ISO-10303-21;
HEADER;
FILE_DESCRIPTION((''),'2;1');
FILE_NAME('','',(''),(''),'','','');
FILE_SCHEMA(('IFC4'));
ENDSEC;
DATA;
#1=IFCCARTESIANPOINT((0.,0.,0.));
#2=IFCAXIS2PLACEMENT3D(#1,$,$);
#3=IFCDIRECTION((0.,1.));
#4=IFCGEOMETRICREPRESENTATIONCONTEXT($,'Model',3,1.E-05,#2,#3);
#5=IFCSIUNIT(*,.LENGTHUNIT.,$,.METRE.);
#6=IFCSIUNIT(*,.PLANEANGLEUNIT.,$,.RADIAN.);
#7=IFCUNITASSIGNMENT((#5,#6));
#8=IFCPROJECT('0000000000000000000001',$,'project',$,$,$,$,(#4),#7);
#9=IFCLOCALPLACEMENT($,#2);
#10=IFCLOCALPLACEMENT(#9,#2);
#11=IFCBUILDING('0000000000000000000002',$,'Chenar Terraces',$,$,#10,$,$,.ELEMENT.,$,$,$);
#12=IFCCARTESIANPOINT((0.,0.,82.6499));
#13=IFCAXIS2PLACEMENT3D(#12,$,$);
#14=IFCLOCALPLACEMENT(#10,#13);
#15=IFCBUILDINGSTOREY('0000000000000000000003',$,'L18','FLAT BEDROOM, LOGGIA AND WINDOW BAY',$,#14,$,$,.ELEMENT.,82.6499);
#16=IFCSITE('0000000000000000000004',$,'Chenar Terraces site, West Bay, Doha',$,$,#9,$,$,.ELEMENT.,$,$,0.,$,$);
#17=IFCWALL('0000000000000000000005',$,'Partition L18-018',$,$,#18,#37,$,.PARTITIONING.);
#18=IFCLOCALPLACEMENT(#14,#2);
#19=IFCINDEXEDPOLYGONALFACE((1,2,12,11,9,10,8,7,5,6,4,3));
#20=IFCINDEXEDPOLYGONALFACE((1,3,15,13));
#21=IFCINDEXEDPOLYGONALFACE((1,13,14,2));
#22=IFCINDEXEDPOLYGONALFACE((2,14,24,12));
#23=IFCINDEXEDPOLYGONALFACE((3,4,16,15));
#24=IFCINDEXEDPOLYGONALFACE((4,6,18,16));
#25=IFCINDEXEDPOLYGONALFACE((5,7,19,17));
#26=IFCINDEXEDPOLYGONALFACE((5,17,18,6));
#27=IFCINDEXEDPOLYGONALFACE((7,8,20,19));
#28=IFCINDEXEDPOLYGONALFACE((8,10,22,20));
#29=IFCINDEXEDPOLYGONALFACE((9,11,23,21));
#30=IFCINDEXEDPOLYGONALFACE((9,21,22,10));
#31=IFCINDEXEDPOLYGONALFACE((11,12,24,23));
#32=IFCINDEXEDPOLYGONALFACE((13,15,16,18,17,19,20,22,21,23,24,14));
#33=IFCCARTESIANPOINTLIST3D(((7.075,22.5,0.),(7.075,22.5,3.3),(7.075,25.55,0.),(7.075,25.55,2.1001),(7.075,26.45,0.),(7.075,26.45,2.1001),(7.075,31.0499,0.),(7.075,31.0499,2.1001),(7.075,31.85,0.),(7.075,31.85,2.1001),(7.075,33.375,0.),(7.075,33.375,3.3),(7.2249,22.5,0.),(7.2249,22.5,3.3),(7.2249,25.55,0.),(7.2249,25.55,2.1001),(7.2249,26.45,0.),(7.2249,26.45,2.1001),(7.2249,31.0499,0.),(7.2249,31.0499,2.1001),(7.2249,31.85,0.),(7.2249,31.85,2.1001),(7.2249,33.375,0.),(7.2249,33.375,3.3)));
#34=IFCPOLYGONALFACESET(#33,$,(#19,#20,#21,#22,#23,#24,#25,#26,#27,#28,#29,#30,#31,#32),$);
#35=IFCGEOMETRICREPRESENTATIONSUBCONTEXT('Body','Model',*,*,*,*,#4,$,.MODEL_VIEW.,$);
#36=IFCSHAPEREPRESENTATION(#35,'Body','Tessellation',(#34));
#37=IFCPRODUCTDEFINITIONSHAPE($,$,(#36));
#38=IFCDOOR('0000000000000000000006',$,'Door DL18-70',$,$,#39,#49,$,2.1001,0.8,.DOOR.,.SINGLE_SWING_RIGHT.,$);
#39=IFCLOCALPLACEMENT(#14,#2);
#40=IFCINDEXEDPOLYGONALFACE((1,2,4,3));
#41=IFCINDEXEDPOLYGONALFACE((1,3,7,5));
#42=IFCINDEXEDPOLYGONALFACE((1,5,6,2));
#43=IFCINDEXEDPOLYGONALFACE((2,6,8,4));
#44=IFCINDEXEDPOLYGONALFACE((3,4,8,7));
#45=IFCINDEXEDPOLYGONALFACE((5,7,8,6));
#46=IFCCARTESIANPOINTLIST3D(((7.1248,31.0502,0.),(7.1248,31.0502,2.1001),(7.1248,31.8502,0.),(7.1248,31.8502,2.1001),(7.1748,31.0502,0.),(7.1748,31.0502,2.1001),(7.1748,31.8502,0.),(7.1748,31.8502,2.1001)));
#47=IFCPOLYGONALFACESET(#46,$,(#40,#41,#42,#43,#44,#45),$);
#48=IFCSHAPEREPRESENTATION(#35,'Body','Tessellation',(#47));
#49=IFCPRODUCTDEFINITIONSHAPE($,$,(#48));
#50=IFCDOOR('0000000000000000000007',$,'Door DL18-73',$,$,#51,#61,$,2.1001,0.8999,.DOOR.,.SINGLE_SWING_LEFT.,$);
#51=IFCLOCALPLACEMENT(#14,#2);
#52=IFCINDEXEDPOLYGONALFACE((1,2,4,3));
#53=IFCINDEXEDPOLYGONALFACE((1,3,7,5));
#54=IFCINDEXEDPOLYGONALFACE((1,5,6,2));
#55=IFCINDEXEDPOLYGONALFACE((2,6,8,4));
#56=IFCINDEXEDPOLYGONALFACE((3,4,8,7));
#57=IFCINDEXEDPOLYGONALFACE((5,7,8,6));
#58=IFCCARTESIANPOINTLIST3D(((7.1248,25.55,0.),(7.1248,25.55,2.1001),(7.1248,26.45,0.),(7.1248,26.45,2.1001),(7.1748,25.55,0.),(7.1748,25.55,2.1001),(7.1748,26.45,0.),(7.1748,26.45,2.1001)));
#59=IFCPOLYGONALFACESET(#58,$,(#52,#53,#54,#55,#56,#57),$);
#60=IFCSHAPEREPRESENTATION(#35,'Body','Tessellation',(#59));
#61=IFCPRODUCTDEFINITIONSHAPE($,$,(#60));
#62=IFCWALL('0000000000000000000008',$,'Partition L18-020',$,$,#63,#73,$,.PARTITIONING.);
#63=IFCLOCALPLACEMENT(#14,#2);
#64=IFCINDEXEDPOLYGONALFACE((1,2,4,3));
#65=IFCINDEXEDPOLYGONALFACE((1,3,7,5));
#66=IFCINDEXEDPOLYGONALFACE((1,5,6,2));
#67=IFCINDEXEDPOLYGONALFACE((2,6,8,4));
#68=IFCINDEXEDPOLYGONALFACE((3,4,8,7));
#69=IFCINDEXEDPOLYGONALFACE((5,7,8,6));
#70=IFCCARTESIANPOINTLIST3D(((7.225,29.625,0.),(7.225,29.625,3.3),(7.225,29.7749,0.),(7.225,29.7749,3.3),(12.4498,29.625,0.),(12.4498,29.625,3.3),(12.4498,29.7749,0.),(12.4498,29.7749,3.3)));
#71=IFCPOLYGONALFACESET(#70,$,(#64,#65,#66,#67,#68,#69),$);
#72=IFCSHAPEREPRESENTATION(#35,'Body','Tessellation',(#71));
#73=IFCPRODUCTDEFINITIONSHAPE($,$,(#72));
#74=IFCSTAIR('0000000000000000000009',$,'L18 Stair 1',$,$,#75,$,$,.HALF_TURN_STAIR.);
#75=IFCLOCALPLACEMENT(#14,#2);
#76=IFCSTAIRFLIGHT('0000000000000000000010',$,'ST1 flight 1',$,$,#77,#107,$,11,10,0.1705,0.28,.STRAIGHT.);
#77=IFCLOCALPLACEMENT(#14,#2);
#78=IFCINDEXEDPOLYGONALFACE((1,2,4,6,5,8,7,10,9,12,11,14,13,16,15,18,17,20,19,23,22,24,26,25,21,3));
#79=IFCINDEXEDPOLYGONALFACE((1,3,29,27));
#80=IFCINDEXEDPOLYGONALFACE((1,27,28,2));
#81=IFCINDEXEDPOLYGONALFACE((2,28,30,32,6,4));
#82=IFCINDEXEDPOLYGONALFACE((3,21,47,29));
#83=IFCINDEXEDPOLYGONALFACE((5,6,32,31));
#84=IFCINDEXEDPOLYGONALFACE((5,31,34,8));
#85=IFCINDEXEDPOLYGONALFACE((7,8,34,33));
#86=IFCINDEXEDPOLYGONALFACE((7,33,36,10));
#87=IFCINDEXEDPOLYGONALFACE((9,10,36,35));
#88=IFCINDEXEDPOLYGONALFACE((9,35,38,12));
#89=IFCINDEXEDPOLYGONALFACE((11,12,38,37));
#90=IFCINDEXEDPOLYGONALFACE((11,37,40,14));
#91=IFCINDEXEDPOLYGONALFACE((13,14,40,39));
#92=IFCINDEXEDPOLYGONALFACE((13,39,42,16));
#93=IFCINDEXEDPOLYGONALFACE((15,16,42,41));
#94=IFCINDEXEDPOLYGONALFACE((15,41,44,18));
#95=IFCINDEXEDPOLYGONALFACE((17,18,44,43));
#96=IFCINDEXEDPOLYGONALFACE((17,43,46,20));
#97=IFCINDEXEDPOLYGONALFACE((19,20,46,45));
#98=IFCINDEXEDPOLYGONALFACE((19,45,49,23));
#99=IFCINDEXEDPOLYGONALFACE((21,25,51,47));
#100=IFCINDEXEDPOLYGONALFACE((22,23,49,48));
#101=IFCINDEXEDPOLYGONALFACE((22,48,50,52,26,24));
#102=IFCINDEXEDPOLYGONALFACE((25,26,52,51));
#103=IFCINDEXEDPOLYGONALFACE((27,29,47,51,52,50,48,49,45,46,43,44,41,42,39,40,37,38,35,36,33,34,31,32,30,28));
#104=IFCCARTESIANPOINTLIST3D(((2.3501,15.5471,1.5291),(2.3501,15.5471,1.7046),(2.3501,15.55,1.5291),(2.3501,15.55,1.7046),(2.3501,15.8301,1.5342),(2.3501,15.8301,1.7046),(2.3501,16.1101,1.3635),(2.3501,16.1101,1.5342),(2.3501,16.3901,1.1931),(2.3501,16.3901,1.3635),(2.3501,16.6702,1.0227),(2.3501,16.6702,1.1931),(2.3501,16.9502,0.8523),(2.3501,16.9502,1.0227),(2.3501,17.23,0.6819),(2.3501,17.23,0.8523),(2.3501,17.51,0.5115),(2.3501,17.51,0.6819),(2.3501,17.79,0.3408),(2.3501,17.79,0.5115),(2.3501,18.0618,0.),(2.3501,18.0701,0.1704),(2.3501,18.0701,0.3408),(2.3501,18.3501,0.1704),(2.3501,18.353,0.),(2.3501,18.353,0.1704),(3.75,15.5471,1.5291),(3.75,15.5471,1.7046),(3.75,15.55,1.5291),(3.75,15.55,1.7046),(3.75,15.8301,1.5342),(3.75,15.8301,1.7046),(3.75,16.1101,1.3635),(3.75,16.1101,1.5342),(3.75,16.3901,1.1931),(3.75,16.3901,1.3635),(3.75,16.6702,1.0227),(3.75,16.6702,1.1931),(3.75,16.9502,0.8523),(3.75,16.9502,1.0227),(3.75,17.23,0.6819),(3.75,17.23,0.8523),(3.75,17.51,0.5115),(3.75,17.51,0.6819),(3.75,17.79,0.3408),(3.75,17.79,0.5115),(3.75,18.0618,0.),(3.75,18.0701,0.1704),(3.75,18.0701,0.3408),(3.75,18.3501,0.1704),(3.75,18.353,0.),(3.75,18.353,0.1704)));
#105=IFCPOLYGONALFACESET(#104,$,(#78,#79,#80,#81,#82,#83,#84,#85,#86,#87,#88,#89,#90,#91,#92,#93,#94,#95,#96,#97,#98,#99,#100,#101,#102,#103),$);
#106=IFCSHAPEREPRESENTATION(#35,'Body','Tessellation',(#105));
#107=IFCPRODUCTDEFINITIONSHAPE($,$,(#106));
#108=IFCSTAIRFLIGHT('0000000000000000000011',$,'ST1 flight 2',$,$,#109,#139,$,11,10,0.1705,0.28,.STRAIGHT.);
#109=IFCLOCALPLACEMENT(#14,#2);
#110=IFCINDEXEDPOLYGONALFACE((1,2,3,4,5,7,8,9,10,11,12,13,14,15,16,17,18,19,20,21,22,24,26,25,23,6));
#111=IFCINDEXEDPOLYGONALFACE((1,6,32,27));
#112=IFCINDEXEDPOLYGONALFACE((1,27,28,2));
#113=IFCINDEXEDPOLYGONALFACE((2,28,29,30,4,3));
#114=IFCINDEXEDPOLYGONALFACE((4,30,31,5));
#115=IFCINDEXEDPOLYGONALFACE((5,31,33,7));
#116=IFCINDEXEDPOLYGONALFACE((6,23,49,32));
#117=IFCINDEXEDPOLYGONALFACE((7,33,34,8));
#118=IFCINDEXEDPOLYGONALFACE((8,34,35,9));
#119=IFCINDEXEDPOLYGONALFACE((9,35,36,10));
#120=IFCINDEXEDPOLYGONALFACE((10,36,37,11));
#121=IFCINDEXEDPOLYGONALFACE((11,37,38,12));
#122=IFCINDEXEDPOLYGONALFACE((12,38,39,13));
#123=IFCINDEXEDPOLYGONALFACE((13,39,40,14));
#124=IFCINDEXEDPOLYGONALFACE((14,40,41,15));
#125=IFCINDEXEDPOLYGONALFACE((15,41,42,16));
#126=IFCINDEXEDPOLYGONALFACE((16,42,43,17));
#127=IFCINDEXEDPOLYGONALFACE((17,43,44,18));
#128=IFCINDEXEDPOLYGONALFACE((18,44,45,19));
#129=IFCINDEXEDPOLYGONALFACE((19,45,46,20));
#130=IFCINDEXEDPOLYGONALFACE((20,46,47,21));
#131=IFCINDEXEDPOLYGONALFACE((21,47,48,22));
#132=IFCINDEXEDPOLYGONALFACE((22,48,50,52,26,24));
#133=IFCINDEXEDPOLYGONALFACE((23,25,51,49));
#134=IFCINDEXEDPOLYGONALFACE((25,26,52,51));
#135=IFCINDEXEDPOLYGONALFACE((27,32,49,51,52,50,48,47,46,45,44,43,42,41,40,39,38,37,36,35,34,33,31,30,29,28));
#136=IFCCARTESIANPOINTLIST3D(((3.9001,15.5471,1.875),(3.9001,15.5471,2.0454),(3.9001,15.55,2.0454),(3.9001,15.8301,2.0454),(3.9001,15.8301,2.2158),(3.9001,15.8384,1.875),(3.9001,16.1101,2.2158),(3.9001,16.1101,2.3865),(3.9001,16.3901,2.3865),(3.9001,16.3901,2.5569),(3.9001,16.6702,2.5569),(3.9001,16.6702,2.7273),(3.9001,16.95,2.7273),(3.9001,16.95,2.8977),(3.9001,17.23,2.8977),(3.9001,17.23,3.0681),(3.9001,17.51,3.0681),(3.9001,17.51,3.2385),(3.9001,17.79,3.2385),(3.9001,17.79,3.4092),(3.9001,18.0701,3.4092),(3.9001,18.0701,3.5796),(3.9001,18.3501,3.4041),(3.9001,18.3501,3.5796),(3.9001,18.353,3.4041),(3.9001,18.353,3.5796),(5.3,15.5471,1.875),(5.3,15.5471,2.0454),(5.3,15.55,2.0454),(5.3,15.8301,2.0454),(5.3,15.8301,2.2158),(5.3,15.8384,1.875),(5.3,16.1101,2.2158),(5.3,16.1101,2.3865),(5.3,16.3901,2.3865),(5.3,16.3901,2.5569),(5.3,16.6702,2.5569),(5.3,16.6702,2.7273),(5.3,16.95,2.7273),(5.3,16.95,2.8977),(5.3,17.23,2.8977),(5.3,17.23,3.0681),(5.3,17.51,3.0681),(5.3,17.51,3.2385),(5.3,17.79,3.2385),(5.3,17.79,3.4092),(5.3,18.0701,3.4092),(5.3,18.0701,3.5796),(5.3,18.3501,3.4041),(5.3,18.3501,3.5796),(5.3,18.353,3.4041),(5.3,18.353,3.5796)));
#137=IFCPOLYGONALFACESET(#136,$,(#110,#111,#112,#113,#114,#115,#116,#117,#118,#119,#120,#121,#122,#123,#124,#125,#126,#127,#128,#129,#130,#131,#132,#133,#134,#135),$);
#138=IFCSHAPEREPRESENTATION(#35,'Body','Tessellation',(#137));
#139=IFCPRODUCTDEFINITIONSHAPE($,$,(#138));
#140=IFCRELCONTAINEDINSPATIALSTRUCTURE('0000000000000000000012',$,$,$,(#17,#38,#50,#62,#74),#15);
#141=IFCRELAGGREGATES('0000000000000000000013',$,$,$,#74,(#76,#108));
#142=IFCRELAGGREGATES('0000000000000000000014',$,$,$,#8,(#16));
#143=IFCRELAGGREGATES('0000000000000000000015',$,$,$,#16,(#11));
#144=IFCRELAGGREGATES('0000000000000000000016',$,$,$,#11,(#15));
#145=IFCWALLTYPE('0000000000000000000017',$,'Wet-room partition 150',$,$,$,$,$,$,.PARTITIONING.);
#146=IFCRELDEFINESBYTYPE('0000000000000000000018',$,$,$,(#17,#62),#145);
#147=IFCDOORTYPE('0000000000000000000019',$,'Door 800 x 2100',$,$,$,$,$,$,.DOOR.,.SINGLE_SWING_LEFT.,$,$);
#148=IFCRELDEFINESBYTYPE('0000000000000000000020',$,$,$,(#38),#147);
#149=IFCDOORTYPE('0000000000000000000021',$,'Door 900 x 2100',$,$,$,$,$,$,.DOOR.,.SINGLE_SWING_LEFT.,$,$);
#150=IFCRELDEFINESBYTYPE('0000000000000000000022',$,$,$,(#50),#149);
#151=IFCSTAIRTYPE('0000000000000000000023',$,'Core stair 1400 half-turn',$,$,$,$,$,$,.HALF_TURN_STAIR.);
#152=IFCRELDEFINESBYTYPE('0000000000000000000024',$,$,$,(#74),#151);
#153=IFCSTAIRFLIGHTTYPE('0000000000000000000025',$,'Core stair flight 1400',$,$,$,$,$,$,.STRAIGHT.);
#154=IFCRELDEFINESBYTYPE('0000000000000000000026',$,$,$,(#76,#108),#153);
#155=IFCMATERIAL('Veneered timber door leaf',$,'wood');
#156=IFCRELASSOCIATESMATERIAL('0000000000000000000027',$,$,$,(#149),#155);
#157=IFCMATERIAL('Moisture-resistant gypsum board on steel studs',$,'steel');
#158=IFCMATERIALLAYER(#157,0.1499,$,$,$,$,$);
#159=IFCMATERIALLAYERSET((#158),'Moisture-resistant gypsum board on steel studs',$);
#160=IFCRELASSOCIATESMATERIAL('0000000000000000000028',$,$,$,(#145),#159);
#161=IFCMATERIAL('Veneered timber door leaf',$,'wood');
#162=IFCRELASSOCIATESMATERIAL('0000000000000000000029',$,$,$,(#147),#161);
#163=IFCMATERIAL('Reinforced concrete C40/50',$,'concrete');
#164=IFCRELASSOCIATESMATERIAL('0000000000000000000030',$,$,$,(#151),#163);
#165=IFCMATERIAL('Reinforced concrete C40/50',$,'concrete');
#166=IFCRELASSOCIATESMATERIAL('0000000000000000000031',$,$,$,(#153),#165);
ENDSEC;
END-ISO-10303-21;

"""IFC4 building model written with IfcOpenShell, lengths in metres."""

from ifc_helpers import new_model, si_unit, direction, frame, frame_2d, origin, place, context, subcontext, project, spatial, polyline, rectangle, outline, extrude, material, layer, layer_set, type_object, element, fill, aggregate, save


model = new_model("IFC4")

# Units and contexts
model_context = context("Model", 3, precision=1e-05, world=origin(), true_north=direction((0.0, 1.0)))
body_context = subcontext(model_context, "Body", "Model", "MODEL_VIEW")
ifc_project = project(units=[si_unit("LENGTHUNIT", "METRE"), si_unit("PLANEANGLEUNIT", "RADIAN")], contexts=[model_context])

# Site, building, storey
site_placement = place(None, origin())
site = spatial("IfcSite", under=ifc_project, at=site_placement, Name="Chenar Terraces site, West Bay, Doha", CompositionType="ELEMENT", RefElevation=0.0)
building_placement = place(site_placement, origin())
building = spatial("IfcBuilding", under=site, at=building_placement, Name="Chenar Terraces", CompositionType="ELEMENT")
storey_placement = place(building_placement, frame((0.0, 0.0, 82.6499)))
storey = spatial("IfcBuildingStorey", under=building, at=storey_placement, Name="L18", Description="FLAT BEDROOM, LOGGIA AND WINDOW BAY", CompositionType="ELEMENT", Elevation=82.6499)

# Shared definitions
ifc_material_1 = material(Name="Veneered timber door leaf", Category="wood")
door_type_1 = type_object("IfcDoorType", Name="Door 900 x 2100", OperationType="SINGLE_SWING_LEFT", PredefinedType="DOOR", material=ifc_material_1)

# Wall, openings, doors
ifc_material_2 = material(Name="Moisture-resistant gypsum board on steel studs", Category="steel")
ifc_layer_1 = layer(ifc_material_2, 0.1499)
ifc_layer_set_1 = layer_set([ifc_layer_1], Name="Moisture-resistant gypsum board on steel studs")
wall_type_1 = type_object("IfcWallType", Name="Wet-room partition 150", PredefinedType="PARTITIONING", material=ifc_layer_set_1)
wall_1_placement = place(storey_placement, frame((7.1499, 22.5, 0.0), z_axis=(0.0, 0.0, 1.0), x_axis=(0.0, 1.0, 0.0)))
wall_1 = element("IfcWall", 1, at=wall_1_placement, inside=storey, type_object=wall_type_1, Name="Partition L18-018", PredefinedType="PARTITIONING", context=body_context, shape_type="SweptSolid", body=[
    extrude(rectangle(XDim=10.875, YDim=0.1499, at=frame_2d((5.4375, 0.0))), origin(), (0.0, 0.0, 1.0), 3.3),
])
opening_1_placement = place(wall_1_placement, frame((8.55, 0.0, 0.0)))
opening_1 = element("IfcOpeningElement", 2, at=opening_1_placement, cuts=wall_1, PredefinedType="OPENING", context=body_context, shape_type="SweptSolid", body=[
    extrude(rectangle(XDim=0.8, YDim=2.1001, at=frame_2d((0.3999, 1.05))), frame((0.0, 0.085, 0.0), z_axis=(0.0, -1.0, 0.0), x_axis=(1.0, 0.0, 0.0)), (0.0, 0.0, 1.0), 0.1699),
])
opening_2_placement = place(wall_1_placement, frame((3.05, 0.0, 0.0)))
opening_2 = element("IfcOpeningElement", 3, at=opening_2_placement, cuts=wall_1, PredefinedType="OPENING", context=body_context, shape_type="SweptSolid", body=[
    extrude(rectangle(XDim=0.8999, YDim=2.1001, at=frame_2d((0.45, 1.05))), frame((0.0, 0.085, 0.0), z_axis=(0.0, -1.0, 0.0), x_axis=(1.0, 0.0, 0.0)), (0.0, 0.0, 1.0), 0.1699),
])
ifc_material_3 = material(Name="Veneered timber door leaf", Category="wood")
door_type_2 = type_object("IfcDoorType", Name="Door 800 x 2100", OperationType="SINGLE_SWING_LEFT", PredefinedType="DOOR", material=ifc_material_3)
door_1_placement = place(opening_1_placement, frame((0.8, 0.0, 0.0), z_axis=(0.0, 0.0, 1.0), x_axis=(-1.0, 0.0, 0.0)))
door_1 = element("IfcDoor", 4, at=door_1_placement, inside=storey, type_object=door_type_2, Name="Door DL18-70", OperationType="SINGLE_SWING_RIGHT", OverallHeight=2.1001, OverallWidth=0.8, PredefinedType="DOOR", context=body_context, shape_type="SweptSolid", body=[
    extrude(rectangle(XDim=0.8, YDim=2.1001, at=frame_2d((0.3999, 1.05))), frame((0.0, 0.0249, 0.0), z_axis=(0.0, -1.0, 0.0), x_axis=(1.0, 0.0, 0.0)), (0.0, 0.0, 1.0), 0.05),
])
fill(opening_1, door_1)
door_2_placement = place(opening_2_placement, frame((0.8999, 0.0, 0.0), z_axis=(0.0, 0.0, 1.0), x_axis=(-1.0, 0.0, 0.0)))
door_2 = element("IfcDoor", 5, at=door_2_placement, inside=storey, type_object=door_type_1, Name="Door DL18-73", OperationType="SINGLE_SWING_LEFT", OverallHeight=2.1001, OverallWidth=0.8999, PredefinedType="DOOR", context=body_context, shape_type="SweptSolid", body=[
    extrude(rectangle(XDim=0.8999, YDim=2.1001, at=frame_2d((0.45, 1.05))), frame((0.0, 0.0249, 0.0), z_axis=(0.0, -1.0, 0.0), x_axis=(1.0, 0.0, 0.0)), (0.0, 0.0, 1.0), 0.05),
])
fill(opening_2, door_2)

# Wall
wall_2_placement = place(storey_placement, frame((7.2251, 29.7, 0.0), z_axis=(0.0, 0.0, 1.0), x_axis=(1.0, 0.0, 0.0)))
element("IfcWall", 6, at=wall_2_placement, inside=storey, type_object=wall_type_1, Name="Partition L18-020", PredefinedType="PARTITIONING", context=body_context, shape_type="SweptSolid", body=[
    extrude(rectangle(XDim=5.2249, YDim=0.1499, at=frame_2d((2.6123, 0.0))), origin(), (0.0, 0.0, 1.0), 3.3),
])

# Stair, stair flights
ifc_material_4 = material(Name="Reinforced concrete C40/50", Category="concrete")
stair_type = type_object("IfcStairType", Name="Core stair 1400 half-turn", PredefinedType="HALF_TURN_STAIR", material=ifc_material_4)
stair_placement = place(storey_placement, origin())
stair = element("IfcStair", 7, at=stair_placement, inside=storey, type_object=stair_type, Name="L18 Stair 1", PredefinedType="HALF_TURN_STAIR")
ifc_material_5 = material(Name="Reinforced concrete C40/50", Category="concrete")
stair_flight_type = type_object("IfcStairFlightType", Name="Core stair flight 1400", PredefinedType="STRAIGHT", material=ifc_material_5)
stair_flight_1_placement = place(storey_placement, frame((3.05, 18.3501, 0.0), z_axis=(0.0, 0.0, 1.0), x_axis=(0.0, -1.0, 0.0)))
stair_flight_1 = element("IfcStairFlight", 8, at=stair_flight_1_placement, type_object=stair_flight_type, Name="ST1 flight 1", NumberOfRisers=11, NumberOfTreads=10, PredefinedType="STRAIGHT", RiserHeight=0.1705, TreadLength=0.28, context=body_context, shape_type="SweptSolid", body=[
    extrude(outline(polyline([(-0.0029, 0.0), (-0.0029, 0.1704), (0.0, 0.1704), (0.28, 0.1704), (0.28, 0.3408), (0.5601, 0.3408), (0.5601, 0.5115), (0.8401, 0.5115), (0.8401, 0.6819), (1.1201, 0.6819), (1.1201, 0.8523), (1.3999, 0.8523), (1.3999, 1.0227), (1.6799, 1.0227), (1.6799, 1.1931), (1.96, 1.1931), (1.96, 1.3635), (2.24, 1.3635), (2.24, 1.5342), (2.52, 1.5342), (2.52, 1.7046), (2.8, 1.7046), (2.803, 1.7046), (2.803, 1.5291), (2.8, 1.5291), (0.2883, 0.0), (-0.0029, 0.0)])), frame((0.0, 0.7, 0.0), z_axis=(0.0, -1.0, 0.0), x_axis=(1.0, 0.0, 0.0)), (0.0, 0.0, 1.0), 1.3999),
])
stair_flight_2_placement = place(storey_placement, frame((4.6001, 15.55, 1.875), z_axis=(0.0, 0.0, 1.0), x_axis=(0.0, 1.0, 0.0)))
stair_flight_2 = element("IfcStairFlight", 9, at=stair_flight_2_placement, type_object=stair_flight_type, Name="ST1 flight 2", NumberOfRisers=11, NumberOfTreads=10, PredefinedType="STRAIGHT", RiserHeight=0.1705, TreadLength=0.28, context=body_context, shape_type="SweptSolid", body=[
    extrude(outline(polyline([(-0.0029, 0.0), (-0.0029, 0.1704), (0.0, 0.1704), (0.28, 0.1704), (0.28, 0.3408), (0.5601, 0.3408), (0.5601, 0.5115), (0.8401, 0.5115), (0.8401, 0.6819), (1.1201, 0.6819), (1.1201, 0.8523), (1.3999, 0.8523), (1.3999, 1.0227), (1.6799, 1.0227), (1.6799, 1.1931), (1.96, 1.1931), (1.96, 1.3635), (2.24, 1.3635), (2.24, 1.5342), (2.52, 1.5342), (2.52, 1.7046), (2.8, 1.7046), (2.803, 1.7046), (2.803, 1.5291), (2.8, 1.5291), (0.2883, 0.0), (-0.0029, 0.0)])), frame((0.0, 0.7, 0.0), z_axis=(0.0, -1.0, 0.0), x_axis=(1.0, 0.0, 0.0)), (0.0, 0.0, 1.0), 1.3999),
])
aggregate(stair, [stair_flight_1, stair_flight_2])

save(model, "model.ifc")
